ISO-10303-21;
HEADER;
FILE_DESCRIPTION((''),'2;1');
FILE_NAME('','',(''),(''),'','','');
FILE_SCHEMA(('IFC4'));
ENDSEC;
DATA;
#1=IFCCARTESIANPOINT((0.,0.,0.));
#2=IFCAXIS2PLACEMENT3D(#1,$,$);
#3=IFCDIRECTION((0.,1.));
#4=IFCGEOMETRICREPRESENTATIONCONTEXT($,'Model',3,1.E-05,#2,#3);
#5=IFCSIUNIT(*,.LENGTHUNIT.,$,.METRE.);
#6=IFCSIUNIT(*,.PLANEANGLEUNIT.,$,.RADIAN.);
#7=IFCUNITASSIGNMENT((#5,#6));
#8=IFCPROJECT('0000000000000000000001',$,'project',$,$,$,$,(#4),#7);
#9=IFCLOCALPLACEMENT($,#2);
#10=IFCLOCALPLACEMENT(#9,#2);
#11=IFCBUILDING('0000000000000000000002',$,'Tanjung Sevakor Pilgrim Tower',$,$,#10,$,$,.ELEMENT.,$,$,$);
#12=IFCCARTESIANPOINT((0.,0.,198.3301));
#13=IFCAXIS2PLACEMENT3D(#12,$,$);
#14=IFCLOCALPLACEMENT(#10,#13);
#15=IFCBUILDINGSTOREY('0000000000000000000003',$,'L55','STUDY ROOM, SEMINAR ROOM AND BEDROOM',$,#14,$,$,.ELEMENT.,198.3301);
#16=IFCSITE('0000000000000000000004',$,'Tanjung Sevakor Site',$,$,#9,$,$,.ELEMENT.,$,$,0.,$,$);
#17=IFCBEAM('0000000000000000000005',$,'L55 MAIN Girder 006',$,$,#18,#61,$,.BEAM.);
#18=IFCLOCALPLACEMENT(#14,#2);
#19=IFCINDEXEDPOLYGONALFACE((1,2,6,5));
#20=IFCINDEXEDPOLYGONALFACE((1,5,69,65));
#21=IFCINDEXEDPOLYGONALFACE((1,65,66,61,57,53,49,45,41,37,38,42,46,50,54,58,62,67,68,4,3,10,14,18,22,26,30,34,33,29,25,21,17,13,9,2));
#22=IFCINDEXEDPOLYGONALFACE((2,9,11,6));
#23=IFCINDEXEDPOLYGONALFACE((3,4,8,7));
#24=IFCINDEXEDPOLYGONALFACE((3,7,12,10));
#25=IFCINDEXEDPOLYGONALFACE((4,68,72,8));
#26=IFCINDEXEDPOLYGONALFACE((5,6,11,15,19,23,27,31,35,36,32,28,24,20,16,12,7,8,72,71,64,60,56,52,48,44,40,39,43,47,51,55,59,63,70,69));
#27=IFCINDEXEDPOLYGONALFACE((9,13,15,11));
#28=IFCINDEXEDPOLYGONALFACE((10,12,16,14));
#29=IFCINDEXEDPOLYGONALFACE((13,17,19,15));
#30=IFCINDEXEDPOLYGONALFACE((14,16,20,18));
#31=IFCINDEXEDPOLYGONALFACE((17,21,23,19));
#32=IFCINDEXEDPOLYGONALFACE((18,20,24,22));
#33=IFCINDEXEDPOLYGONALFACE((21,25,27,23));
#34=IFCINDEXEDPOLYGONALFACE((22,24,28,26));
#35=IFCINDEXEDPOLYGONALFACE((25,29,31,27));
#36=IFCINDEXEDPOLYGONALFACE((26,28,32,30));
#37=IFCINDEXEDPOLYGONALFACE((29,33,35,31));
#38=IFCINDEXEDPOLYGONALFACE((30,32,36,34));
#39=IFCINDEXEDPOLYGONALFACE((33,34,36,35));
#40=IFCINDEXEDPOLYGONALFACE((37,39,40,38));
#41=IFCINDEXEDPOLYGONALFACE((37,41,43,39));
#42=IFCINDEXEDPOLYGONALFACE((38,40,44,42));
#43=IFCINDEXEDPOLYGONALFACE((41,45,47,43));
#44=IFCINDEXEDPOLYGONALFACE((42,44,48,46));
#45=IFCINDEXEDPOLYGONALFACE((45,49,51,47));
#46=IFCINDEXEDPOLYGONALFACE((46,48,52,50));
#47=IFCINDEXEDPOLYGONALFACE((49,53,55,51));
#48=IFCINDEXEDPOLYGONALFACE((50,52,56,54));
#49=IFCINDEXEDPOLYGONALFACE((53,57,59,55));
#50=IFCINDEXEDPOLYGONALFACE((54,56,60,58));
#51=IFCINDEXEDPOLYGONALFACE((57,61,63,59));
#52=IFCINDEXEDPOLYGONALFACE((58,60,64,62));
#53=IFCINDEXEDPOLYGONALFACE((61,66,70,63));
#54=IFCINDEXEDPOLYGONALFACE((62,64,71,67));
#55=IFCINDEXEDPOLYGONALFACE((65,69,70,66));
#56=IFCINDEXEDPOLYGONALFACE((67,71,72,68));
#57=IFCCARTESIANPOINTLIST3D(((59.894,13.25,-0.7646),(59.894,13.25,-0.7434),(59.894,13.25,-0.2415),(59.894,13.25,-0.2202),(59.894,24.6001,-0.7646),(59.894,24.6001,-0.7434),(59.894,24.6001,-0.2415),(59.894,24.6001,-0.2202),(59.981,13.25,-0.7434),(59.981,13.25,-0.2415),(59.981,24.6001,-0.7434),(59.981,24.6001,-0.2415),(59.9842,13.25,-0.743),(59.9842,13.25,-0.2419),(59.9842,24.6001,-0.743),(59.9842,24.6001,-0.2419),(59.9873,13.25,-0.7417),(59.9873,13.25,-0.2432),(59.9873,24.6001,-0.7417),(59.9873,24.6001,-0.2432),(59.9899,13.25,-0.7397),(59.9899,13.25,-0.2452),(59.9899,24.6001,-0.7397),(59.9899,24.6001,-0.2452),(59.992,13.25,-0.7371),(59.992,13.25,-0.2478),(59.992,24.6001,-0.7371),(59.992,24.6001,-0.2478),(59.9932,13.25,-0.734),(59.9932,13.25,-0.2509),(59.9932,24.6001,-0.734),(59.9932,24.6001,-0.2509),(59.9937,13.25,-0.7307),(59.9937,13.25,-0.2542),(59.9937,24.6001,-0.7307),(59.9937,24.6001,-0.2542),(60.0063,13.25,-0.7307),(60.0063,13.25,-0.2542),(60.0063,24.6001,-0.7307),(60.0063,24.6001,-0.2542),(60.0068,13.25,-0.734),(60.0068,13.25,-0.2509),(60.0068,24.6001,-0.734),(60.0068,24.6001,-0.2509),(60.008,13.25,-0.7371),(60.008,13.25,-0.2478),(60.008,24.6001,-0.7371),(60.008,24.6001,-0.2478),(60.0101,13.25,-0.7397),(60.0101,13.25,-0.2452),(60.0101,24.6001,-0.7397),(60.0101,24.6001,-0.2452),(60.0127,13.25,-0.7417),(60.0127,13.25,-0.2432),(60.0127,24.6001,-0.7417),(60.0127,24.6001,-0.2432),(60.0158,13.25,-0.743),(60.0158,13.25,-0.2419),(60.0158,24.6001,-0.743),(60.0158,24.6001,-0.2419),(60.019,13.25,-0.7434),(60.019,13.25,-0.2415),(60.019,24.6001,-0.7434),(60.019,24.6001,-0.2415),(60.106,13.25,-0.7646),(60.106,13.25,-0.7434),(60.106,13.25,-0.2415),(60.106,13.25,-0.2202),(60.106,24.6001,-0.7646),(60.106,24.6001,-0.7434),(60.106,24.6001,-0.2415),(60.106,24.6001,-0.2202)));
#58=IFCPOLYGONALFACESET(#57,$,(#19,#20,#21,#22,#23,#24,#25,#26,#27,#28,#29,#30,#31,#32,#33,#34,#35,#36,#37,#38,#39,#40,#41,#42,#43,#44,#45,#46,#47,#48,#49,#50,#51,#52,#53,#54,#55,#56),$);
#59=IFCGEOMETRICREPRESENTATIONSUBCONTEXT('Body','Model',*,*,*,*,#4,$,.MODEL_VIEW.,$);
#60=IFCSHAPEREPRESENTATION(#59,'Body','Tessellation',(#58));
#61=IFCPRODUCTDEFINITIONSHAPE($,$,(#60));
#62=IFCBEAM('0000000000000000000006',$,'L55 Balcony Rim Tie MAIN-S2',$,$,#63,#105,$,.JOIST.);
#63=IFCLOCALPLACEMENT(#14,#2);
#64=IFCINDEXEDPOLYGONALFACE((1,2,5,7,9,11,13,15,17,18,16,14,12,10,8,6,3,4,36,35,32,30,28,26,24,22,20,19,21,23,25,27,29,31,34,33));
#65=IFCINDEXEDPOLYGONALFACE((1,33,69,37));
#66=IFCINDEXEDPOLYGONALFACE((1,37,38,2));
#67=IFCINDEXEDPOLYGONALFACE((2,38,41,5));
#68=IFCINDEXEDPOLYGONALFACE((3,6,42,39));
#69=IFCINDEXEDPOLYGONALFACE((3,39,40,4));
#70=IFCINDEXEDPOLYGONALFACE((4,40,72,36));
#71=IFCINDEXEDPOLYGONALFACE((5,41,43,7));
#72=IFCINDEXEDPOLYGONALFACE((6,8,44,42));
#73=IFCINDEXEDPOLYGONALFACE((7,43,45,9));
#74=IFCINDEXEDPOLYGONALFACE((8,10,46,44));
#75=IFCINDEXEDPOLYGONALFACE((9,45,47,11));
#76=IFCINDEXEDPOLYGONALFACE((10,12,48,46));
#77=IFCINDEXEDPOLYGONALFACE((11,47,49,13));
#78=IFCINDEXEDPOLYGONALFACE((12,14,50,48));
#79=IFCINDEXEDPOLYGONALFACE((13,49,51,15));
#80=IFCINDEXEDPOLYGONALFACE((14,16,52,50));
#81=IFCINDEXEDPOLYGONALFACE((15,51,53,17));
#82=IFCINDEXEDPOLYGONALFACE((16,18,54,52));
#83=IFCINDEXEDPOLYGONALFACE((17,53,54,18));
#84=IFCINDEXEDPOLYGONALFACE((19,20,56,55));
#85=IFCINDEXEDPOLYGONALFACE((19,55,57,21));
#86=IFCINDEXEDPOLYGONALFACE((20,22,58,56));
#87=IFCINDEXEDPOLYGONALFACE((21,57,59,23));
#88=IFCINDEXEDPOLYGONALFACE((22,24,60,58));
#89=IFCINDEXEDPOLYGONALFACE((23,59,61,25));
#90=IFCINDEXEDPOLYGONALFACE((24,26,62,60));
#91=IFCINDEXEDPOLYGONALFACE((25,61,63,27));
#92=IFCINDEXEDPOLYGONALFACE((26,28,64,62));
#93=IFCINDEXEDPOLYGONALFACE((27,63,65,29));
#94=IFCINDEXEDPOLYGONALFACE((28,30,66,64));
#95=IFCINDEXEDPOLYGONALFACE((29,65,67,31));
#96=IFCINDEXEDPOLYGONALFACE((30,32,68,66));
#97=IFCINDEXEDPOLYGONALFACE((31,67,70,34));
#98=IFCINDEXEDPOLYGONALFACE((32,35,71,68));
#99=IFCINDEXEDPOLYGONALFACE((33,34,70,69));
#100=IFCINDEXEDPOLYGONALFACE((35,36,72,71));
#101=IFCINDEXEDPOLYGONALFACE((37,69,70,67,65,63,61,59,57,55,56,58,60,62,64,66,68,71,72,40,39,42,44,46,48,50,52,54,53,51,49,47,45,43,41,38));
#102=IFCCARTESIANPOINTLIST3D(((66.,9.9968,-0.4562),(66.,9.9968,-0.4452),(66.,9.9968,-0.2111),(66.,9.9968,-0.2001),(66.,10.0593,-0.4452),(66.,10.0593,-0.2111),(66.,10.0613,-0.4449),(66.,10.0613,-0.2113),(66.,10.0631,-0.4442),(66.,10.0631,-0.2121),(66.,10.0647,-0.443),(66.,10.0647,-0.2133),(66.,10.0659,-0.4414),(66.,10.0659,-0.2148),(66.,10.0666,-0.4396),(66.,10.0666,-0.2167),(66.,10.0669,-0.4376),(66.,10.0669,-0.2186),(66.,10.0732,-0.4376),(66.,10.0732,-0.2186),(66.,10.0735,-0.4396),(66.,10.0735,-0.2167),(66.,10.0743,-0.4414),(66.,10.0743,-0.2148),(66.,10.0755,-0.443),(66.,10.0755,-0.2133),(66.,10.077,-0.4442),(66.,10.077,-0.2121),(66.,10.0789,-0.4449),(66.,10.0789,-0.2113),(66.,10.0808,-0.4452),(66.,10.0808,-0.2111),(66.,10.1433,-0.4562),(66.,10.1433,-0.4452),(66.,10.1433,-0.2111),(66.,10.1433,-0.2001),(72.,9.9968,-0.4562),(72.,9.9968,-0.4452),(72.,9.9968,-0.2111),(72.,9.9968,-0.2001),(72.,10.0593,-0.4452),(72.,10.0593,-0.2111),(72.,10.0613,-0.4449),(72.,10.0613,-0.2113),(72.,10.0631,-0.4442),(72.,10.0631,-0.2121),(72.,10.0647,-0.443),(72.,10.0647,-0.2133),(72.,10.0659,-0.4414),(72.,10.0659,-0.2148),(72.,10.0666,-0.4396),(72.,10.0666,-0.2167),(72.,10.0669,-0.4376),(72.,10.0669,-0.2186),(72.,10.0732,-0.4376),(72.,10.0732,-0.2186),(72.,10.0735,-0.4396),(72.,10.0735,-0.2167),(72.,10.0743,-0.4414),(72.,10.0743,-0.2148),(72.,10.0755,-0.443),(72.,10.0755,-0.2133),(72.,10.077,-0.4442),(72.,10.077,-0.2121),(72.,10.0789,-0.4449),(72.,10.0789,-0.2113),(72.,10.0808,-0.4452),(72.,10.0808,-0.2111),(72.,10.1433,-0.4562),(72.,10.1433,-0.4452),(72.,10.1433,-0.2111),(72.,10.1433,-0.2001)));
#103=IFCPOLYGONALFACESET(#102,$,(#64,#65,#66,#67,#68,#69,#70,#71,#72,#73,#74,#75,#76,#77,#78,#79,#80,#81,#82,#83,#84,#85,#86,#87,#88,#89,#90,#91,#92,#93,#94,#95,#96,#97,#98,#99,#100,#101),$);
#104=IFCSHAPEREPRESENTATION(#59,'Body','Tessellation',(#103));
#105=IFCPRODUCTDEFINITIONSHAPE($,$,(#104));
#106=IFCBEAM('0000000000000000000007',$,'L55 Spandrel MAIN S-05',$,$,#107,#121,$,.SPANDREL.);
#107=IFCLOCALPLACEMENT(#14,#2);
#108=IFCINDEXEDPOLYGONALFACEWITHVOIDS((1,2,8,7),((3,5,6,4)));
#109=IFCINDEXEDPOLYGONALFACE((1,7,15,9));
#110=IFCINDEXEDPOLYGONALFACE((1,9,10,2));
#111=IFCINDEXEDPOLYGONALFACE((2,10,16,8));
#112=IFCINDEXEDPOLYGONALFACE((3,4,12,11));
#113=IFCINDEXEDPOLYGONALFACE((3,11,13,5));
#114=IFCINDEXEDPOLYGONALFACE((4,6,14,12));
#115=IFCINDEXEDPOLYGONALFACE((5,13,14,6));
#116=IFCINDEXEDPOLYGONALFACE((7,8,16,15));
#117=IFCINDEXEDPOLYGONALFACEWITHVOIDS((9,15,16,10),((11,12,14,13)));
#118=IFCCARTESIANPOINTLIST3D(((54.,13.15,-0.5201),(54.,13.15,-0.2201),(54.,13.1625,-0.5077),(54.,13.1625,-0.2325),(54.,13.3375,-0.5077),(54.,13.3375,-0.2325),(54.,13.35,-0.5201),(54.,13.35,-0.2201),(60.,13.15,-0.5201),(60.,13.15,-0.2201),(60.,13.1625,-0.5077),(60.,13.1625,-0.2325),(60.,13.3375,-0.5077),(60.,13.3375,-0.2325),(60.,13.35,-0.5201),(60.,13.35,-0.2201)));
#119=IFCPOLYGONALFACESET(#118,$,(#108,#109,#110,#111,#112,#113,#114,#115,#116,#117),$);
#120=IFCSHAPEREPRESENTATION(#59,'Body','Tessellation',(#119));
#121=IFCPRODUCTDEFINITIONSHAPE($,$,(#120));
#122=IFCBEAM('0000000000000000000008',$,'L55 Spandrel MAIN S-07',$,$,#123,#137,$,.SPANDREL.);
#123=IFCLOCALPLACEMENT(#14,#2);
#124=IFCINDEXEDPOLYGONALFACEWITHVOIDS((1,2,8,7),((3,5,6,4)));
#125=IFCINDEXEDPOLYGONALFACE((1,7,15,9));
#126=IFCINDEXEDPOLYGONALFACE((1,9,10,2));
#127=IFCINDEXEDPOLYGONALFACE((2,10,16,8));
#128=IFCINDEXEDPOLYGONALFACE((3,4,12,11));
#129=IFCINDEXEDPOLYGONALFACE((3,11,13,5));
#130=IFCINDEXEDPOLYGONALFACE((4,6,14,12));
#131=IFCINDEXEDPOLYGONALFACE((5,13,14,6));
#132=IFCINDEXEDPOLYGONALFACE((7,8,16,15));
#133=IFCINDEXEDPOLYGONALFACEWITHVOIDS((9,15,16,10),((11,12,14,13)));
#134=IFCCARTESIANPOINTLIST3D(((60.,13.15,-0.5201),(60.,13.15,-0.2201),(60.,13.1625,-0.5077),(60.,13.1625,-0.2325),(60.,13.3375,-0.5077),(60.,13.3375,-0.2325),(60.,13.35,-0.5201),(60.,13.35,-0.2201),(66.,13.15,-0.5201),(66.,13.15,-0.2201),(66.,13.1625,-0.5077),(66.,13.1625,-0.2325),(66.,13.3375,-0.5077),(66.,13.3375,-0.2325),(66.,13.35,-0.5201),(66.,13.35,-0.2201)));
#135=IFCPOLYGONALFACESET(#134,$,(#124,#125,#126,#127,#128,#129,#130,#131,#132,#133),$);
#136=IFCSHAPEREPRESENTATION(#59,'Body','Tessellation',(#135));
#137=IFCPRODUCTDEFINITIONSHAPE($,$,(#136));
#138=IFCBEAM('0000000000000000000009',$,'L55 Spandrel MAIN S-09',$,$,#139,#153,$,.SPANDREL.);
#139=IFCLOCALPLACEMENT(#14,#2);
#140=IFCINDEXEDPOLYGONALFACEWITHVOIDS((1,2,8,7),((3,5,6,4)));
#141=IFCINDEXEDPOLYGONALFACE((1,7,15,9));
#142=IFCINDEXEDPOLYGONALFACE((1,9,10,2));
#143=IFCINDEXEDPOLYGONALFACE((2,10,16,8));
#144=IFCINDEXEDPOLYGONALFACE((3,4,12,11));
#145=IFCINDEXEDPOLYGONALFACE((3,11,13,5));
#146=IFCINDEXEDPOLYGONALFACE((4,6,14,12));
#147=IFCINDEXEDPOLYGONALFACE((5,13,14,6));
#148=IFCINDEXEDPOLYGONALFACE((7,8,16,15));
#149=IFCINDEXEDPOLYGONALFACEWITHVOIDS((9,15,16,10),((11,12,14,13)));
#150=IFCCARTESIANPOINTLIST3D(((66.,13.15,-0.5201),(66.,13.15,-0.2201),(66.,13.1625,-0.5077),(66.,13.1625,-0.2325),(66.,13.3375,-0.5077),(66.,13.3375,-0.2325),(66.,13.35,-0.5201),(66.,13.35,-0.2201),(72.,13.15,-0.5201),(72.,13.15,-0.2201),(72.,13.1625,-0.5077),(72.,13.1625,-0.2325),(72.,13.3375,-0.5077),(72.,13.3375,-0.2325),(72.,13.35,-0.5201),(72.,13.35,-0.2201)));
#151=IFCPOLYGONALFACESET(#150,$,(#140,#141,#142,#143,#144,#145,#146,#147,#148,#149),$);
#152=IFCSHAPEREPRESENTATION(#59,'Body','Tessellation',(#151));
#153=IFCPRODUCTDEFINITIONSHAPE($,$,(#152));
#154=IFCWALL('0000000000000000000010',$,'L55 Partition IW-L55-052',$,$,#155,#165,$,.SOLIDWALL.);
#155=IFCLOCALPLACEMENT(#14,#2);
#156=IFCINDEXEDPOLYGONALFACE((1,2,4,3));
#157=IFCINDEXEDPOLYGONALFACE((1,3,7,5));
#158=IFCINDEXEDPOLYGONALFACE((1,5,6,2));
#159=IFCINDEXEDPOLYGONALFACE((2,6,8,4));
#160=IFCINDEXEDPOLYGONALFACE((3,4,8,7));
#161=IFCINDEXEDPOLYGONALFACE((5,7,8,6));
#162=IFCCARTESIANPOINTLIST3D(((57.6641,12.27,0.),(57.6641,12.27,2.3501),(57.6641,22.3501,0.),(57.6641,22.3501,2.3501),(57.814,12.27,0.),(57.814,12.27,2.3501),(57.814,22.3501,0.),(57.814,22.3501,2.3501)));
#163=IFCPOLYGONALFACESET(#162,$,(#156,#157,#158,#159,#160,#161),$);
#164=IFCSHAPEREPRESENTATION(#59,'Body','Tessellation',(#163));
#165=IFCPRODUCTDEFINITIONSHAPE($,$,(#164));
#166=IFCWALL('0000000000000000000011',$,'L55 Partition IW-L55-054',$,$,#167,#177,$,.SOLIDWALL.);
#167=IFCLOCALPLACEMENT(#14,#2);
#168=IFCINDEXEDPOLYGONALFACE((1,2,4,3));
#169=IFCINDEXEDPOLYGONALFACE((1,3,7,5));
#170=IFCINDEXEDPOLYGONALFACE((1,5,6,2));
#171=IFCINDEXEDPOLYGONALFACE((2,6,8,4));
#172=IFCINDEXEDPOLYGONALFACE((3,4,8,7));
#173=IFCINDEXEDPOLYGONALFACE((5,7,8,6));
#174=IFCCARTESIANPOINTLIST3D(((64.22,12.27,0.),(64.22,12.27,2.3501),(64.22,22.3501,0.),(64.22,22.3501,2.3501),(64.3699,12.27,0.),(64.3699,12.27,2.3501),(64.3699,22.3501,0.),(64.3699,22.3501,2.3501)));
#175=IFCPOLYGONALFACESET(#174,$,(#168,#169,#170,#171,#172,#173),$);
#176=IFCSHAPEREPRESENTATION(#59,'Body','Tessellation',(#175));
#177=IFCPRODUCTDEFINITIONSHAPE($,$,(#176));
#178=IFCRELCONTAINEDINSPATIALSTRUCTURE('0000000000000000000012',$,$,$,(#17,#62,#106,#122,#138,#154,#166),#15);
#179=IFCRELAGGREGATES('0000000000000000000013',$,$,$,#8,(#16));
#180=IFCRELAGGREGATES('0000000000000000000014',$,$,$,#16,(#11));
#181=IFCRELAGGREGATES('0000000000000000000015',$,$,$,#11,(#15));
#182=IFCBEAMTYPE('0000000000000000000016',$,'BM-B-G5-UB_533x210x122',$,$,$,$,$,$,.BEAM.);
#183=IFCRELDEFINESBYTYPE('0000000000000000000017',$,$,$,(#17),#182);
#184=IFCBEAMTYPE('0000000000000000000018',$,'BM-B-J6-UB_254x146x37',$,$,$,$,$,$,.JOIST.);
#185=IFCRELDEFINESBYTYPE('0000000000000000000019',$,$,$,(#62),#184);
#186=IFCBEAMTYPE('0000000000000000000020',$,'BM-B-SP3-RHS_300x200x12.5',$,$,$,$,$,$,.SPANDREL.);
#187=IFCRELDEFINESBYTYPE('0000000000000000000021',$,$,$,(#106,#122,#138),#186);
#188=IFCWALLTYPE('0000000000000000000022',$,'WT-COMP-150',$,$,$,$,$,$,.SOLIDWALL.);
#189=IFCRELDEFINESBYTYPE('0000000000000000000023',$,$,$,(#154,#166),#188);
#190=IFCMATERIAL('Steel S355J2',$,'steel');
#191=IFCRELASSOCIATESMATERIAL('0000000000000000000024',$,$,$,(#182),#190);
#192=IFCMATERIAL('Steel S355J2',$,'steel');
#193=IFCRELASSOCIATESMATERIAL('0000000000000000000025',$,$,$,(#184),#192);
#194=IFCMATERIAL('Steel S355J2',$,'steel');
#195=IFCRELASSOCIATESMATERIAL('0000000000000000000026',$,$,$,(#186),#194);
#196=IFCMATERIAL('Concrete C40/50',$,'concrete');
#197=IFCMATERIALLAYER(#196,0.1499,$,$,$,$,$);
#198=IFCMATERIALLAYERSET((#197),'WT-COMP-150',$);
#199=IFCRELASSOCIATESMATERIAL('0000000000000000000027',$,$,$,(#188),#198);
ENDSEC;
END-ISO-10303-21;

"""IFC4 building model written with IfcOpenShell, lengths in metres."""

from ifc_helpers import new_model, si_unit, direction, frame, frame_2d, origin, origin_2d, place, context, subcontext, project, spatial, rectangle, hollow_rectangle, i_section, extrude, material, layer, layer_set, material_profile, profile_set, type_object, element, save


model = new_model("IFC4")

# Units and contexts
model_context = context("Model", 3, precision=1e-05, world=origin(), true_north=direction((0.0, 1.0)))
body_context = subcontext(model_context, "Body", "Model", "MODEL_VIEW")
ifc_project = project(units=[si_unit("LENGTHUNIT", "METRE"), si_unit("PLANEANGLEUNIT", "RADIAN")], contexts=[model_context])

# Site, building, storey
site_placement = place(None, origin())
site = spatial("IfcSite", under=ifc_project, at=site_placement, Name="Tanjung Sevakor Site", CompositionType="ELEMENT", RefElevation=0.0)
building_placement = place(site_placement, origin())
building = spatial("IfcBuilding", under=site, at=building_placement, Name="Tanjung Sevakor Pilgrim Tower", CompositionType="ELEMENT")
storey_placement = place(building_placement, frame((0.0, 0.0, 198.3301)))
storey = spatial("IfcBuildingStorey", under=building, at=storey_placement, Name="L55", Description="STUDY ROOM, SEMINAR ROOM AND BEDROOM", CompositionType="ELEMENT", Elevation=198.3301)

# Beams
ifc_material_1 = material(Name="Steel S355J2", Category="steel")
ifc_material_profile_1 = material_profile(ifc_material_1, i_section(OverallWidth=0.2119, OverallDepth=0.5444, WebThickness=0.0127, FlangeThickness=0.0212, FilletRadius=0.0127, at=origin_2d()))
ifc_profile_set_1 = profile_set([ifc_material_profile_1], Name="Steel S355J2")
beam_type_1 = type_object("IfcBeamType", Name="BM-B-G5-UB_533x210x122", PredefinedType="BEAM", material=ifc_profile_set_1)
for number, where, z_axis, x_axis, name in (
    (1, (60.0, 13.25, -0.4924), (0.0, 1.0, 0.0), (-1.0, 0.0, 0.0), "L55 MAIN Girder 006"),
):
    element("IfcBeam", number, at=place(storey_placement, frame(where, z_axis=z_axis, x_axis=x_axis)), inside=storey, type_object=beam_type_1, Name=name, PredefinedType="BEAM", context=body_context, shape_type="SweptSolid", body=[
        extrude(i_section(OverallWidth=0.2119, OverallDepth=0.5444, WebThickness=0.0127, FlangeThickness=0.0212, FilletRadius=0.0127, at=origin_2d()), origin(), (0.0, 0.0, 1.0), 11.3501),
    ])
ifc_material_2 = material(Name="Steel S355J2", Category="steel")
ifc_material_profile_2 = material_profile(ifc_material_2, i_section(OverallWidth=0.1465, OverallDepth=0.2561, WebThickness=0.0063, FlangeThickness=0.011, FilletRadius=0.0076, at=origin_2d()))
ifc_profile_set_2 = profile_set([ifc_material_profile_2], Name="Steel S355J2")
beam_type_2 = type_object("IfcBeamType", Name="BM-B-J6-UB_254x146x37", PredefinedType="JOIST", material=ifc_profile_set_2)
beam_placement = place(storey_placement, frame((66.0, 10.0701, -0.3281), z_axis=(1.0, 0.0, 0.0), x_axis=(0.0, 1.0, 0.0)))
element("IfcBeam", 2, at=beam_placement, inside=storey, type_object=beam_type_2, Name="L55 Balcony Rim Tie MAIN-S2", PredefinedType="JOIST", context=body_context, shape_type="SweptSolid", body=[
    extrude(i_section(OverallWidth=0.1465, OverallDepth=0.2561, WebThickness=0.0063, FlangeThickness=0.011, FilletRadius=0.0076, at=origin_2d()), origin(), (0.0, 0.0, 1.0), 6.0),
])
ifc_material_3 = material(Name="Steel S355J2", Category="steel")
ifc_material_profile_3 = material_profile(ifc_material_3, hollow_rectangle(XDim=0.2, YDim=0.3, WallThickness=0.0125, at=origin_2d()))
ifc_profile_set_3 = profile_set([ifc_material_profile_3], Name="Steel S355J2")
beam_type_3 = type_object("IfcBeamType", Name="BM-B-SP3-RHS_300x200x12.5", PredefinedType="SPANDREL", material=ifc_profile_set_3)
for number, where, z_axis, x_axis, name in (
    (3, (54.0, 13.25, -0.3701), (1.0, 0.0, 0.0), (0.0, 1.0, 0.0), "L55 Spandrel MAIN S-05"),
    (4, (60.0, 13.25, -0.3701), (1.0, 0.0, 0.0), (0.0, 1.0, 0.0), "L55 Spandrel MAIN S-07"),
    (5, (66.0, 13.25, -0.3701), (1.0, 0.0, 0.0), (0.0, 1.0, 0.0), "L55 Spandrel MAIN S-09"),
):
    element("IfcBeam", number, at=place(storey_placement, frame(where, z_axis=z_axis, x_axis=x_axis)), inside=storey, type_object=beam_type_3, Name=name, PredefinedType="SPANDREL", context=body_context, shape_type="SweptSolid", body=[
        extrude(hollow_rectangle(XDim=0.2, YDim=0.3, WallThickness=0.0125, at=origin_2d()), origin(), (0.0, 0.0, 1.0), 6.0),
    ])

# Walls
ifc_material_4 = material(Name="Concrete C40/50", Category="concrete")
ifc_layer_1 = layer(ifc_material_4, 0.1499)
ifc_layer_set_1 = layer_set([ifc_layer_1], Name="WT-COMP-150")
wall_type_1 = type_object("IfcWallType", Name="WT-COMP-150", PredefinedType="SOLIDWALL", material=ifc_layer_set_1)
for number, where, z_axis, x_axis, name in (
    (6, (57.739, 12.27, 0.0), (0.0, 0.0, 1.0), (0.0, 1.0, 0.0), "L55 Partition IW-L55-052"),
    (7, (64.2949, 12.27, 0.0), (0.0, 0.0, 1.0), (0.0, 1.0, 0.0), "L55 Partition IW-L55-054"),
):
    element("IfcWall", number, at=place(storey_placement, frame(where, z_axis=z_axis, x_axis=x_axis)), inside=storey, type_object=wall_type_1, Name=name, PredefinedType="SOLIDWALL", context=body_context, shape_type="SweptSolid", body=[
        extrude(rectangle(XDim=10.0801, YDim=0.1499, at=frame_2d((5.04, 0.0))), origin(), (0.0, 0.0, 1.0), 2.3501),
    ])

save(model, "model.ifc")
